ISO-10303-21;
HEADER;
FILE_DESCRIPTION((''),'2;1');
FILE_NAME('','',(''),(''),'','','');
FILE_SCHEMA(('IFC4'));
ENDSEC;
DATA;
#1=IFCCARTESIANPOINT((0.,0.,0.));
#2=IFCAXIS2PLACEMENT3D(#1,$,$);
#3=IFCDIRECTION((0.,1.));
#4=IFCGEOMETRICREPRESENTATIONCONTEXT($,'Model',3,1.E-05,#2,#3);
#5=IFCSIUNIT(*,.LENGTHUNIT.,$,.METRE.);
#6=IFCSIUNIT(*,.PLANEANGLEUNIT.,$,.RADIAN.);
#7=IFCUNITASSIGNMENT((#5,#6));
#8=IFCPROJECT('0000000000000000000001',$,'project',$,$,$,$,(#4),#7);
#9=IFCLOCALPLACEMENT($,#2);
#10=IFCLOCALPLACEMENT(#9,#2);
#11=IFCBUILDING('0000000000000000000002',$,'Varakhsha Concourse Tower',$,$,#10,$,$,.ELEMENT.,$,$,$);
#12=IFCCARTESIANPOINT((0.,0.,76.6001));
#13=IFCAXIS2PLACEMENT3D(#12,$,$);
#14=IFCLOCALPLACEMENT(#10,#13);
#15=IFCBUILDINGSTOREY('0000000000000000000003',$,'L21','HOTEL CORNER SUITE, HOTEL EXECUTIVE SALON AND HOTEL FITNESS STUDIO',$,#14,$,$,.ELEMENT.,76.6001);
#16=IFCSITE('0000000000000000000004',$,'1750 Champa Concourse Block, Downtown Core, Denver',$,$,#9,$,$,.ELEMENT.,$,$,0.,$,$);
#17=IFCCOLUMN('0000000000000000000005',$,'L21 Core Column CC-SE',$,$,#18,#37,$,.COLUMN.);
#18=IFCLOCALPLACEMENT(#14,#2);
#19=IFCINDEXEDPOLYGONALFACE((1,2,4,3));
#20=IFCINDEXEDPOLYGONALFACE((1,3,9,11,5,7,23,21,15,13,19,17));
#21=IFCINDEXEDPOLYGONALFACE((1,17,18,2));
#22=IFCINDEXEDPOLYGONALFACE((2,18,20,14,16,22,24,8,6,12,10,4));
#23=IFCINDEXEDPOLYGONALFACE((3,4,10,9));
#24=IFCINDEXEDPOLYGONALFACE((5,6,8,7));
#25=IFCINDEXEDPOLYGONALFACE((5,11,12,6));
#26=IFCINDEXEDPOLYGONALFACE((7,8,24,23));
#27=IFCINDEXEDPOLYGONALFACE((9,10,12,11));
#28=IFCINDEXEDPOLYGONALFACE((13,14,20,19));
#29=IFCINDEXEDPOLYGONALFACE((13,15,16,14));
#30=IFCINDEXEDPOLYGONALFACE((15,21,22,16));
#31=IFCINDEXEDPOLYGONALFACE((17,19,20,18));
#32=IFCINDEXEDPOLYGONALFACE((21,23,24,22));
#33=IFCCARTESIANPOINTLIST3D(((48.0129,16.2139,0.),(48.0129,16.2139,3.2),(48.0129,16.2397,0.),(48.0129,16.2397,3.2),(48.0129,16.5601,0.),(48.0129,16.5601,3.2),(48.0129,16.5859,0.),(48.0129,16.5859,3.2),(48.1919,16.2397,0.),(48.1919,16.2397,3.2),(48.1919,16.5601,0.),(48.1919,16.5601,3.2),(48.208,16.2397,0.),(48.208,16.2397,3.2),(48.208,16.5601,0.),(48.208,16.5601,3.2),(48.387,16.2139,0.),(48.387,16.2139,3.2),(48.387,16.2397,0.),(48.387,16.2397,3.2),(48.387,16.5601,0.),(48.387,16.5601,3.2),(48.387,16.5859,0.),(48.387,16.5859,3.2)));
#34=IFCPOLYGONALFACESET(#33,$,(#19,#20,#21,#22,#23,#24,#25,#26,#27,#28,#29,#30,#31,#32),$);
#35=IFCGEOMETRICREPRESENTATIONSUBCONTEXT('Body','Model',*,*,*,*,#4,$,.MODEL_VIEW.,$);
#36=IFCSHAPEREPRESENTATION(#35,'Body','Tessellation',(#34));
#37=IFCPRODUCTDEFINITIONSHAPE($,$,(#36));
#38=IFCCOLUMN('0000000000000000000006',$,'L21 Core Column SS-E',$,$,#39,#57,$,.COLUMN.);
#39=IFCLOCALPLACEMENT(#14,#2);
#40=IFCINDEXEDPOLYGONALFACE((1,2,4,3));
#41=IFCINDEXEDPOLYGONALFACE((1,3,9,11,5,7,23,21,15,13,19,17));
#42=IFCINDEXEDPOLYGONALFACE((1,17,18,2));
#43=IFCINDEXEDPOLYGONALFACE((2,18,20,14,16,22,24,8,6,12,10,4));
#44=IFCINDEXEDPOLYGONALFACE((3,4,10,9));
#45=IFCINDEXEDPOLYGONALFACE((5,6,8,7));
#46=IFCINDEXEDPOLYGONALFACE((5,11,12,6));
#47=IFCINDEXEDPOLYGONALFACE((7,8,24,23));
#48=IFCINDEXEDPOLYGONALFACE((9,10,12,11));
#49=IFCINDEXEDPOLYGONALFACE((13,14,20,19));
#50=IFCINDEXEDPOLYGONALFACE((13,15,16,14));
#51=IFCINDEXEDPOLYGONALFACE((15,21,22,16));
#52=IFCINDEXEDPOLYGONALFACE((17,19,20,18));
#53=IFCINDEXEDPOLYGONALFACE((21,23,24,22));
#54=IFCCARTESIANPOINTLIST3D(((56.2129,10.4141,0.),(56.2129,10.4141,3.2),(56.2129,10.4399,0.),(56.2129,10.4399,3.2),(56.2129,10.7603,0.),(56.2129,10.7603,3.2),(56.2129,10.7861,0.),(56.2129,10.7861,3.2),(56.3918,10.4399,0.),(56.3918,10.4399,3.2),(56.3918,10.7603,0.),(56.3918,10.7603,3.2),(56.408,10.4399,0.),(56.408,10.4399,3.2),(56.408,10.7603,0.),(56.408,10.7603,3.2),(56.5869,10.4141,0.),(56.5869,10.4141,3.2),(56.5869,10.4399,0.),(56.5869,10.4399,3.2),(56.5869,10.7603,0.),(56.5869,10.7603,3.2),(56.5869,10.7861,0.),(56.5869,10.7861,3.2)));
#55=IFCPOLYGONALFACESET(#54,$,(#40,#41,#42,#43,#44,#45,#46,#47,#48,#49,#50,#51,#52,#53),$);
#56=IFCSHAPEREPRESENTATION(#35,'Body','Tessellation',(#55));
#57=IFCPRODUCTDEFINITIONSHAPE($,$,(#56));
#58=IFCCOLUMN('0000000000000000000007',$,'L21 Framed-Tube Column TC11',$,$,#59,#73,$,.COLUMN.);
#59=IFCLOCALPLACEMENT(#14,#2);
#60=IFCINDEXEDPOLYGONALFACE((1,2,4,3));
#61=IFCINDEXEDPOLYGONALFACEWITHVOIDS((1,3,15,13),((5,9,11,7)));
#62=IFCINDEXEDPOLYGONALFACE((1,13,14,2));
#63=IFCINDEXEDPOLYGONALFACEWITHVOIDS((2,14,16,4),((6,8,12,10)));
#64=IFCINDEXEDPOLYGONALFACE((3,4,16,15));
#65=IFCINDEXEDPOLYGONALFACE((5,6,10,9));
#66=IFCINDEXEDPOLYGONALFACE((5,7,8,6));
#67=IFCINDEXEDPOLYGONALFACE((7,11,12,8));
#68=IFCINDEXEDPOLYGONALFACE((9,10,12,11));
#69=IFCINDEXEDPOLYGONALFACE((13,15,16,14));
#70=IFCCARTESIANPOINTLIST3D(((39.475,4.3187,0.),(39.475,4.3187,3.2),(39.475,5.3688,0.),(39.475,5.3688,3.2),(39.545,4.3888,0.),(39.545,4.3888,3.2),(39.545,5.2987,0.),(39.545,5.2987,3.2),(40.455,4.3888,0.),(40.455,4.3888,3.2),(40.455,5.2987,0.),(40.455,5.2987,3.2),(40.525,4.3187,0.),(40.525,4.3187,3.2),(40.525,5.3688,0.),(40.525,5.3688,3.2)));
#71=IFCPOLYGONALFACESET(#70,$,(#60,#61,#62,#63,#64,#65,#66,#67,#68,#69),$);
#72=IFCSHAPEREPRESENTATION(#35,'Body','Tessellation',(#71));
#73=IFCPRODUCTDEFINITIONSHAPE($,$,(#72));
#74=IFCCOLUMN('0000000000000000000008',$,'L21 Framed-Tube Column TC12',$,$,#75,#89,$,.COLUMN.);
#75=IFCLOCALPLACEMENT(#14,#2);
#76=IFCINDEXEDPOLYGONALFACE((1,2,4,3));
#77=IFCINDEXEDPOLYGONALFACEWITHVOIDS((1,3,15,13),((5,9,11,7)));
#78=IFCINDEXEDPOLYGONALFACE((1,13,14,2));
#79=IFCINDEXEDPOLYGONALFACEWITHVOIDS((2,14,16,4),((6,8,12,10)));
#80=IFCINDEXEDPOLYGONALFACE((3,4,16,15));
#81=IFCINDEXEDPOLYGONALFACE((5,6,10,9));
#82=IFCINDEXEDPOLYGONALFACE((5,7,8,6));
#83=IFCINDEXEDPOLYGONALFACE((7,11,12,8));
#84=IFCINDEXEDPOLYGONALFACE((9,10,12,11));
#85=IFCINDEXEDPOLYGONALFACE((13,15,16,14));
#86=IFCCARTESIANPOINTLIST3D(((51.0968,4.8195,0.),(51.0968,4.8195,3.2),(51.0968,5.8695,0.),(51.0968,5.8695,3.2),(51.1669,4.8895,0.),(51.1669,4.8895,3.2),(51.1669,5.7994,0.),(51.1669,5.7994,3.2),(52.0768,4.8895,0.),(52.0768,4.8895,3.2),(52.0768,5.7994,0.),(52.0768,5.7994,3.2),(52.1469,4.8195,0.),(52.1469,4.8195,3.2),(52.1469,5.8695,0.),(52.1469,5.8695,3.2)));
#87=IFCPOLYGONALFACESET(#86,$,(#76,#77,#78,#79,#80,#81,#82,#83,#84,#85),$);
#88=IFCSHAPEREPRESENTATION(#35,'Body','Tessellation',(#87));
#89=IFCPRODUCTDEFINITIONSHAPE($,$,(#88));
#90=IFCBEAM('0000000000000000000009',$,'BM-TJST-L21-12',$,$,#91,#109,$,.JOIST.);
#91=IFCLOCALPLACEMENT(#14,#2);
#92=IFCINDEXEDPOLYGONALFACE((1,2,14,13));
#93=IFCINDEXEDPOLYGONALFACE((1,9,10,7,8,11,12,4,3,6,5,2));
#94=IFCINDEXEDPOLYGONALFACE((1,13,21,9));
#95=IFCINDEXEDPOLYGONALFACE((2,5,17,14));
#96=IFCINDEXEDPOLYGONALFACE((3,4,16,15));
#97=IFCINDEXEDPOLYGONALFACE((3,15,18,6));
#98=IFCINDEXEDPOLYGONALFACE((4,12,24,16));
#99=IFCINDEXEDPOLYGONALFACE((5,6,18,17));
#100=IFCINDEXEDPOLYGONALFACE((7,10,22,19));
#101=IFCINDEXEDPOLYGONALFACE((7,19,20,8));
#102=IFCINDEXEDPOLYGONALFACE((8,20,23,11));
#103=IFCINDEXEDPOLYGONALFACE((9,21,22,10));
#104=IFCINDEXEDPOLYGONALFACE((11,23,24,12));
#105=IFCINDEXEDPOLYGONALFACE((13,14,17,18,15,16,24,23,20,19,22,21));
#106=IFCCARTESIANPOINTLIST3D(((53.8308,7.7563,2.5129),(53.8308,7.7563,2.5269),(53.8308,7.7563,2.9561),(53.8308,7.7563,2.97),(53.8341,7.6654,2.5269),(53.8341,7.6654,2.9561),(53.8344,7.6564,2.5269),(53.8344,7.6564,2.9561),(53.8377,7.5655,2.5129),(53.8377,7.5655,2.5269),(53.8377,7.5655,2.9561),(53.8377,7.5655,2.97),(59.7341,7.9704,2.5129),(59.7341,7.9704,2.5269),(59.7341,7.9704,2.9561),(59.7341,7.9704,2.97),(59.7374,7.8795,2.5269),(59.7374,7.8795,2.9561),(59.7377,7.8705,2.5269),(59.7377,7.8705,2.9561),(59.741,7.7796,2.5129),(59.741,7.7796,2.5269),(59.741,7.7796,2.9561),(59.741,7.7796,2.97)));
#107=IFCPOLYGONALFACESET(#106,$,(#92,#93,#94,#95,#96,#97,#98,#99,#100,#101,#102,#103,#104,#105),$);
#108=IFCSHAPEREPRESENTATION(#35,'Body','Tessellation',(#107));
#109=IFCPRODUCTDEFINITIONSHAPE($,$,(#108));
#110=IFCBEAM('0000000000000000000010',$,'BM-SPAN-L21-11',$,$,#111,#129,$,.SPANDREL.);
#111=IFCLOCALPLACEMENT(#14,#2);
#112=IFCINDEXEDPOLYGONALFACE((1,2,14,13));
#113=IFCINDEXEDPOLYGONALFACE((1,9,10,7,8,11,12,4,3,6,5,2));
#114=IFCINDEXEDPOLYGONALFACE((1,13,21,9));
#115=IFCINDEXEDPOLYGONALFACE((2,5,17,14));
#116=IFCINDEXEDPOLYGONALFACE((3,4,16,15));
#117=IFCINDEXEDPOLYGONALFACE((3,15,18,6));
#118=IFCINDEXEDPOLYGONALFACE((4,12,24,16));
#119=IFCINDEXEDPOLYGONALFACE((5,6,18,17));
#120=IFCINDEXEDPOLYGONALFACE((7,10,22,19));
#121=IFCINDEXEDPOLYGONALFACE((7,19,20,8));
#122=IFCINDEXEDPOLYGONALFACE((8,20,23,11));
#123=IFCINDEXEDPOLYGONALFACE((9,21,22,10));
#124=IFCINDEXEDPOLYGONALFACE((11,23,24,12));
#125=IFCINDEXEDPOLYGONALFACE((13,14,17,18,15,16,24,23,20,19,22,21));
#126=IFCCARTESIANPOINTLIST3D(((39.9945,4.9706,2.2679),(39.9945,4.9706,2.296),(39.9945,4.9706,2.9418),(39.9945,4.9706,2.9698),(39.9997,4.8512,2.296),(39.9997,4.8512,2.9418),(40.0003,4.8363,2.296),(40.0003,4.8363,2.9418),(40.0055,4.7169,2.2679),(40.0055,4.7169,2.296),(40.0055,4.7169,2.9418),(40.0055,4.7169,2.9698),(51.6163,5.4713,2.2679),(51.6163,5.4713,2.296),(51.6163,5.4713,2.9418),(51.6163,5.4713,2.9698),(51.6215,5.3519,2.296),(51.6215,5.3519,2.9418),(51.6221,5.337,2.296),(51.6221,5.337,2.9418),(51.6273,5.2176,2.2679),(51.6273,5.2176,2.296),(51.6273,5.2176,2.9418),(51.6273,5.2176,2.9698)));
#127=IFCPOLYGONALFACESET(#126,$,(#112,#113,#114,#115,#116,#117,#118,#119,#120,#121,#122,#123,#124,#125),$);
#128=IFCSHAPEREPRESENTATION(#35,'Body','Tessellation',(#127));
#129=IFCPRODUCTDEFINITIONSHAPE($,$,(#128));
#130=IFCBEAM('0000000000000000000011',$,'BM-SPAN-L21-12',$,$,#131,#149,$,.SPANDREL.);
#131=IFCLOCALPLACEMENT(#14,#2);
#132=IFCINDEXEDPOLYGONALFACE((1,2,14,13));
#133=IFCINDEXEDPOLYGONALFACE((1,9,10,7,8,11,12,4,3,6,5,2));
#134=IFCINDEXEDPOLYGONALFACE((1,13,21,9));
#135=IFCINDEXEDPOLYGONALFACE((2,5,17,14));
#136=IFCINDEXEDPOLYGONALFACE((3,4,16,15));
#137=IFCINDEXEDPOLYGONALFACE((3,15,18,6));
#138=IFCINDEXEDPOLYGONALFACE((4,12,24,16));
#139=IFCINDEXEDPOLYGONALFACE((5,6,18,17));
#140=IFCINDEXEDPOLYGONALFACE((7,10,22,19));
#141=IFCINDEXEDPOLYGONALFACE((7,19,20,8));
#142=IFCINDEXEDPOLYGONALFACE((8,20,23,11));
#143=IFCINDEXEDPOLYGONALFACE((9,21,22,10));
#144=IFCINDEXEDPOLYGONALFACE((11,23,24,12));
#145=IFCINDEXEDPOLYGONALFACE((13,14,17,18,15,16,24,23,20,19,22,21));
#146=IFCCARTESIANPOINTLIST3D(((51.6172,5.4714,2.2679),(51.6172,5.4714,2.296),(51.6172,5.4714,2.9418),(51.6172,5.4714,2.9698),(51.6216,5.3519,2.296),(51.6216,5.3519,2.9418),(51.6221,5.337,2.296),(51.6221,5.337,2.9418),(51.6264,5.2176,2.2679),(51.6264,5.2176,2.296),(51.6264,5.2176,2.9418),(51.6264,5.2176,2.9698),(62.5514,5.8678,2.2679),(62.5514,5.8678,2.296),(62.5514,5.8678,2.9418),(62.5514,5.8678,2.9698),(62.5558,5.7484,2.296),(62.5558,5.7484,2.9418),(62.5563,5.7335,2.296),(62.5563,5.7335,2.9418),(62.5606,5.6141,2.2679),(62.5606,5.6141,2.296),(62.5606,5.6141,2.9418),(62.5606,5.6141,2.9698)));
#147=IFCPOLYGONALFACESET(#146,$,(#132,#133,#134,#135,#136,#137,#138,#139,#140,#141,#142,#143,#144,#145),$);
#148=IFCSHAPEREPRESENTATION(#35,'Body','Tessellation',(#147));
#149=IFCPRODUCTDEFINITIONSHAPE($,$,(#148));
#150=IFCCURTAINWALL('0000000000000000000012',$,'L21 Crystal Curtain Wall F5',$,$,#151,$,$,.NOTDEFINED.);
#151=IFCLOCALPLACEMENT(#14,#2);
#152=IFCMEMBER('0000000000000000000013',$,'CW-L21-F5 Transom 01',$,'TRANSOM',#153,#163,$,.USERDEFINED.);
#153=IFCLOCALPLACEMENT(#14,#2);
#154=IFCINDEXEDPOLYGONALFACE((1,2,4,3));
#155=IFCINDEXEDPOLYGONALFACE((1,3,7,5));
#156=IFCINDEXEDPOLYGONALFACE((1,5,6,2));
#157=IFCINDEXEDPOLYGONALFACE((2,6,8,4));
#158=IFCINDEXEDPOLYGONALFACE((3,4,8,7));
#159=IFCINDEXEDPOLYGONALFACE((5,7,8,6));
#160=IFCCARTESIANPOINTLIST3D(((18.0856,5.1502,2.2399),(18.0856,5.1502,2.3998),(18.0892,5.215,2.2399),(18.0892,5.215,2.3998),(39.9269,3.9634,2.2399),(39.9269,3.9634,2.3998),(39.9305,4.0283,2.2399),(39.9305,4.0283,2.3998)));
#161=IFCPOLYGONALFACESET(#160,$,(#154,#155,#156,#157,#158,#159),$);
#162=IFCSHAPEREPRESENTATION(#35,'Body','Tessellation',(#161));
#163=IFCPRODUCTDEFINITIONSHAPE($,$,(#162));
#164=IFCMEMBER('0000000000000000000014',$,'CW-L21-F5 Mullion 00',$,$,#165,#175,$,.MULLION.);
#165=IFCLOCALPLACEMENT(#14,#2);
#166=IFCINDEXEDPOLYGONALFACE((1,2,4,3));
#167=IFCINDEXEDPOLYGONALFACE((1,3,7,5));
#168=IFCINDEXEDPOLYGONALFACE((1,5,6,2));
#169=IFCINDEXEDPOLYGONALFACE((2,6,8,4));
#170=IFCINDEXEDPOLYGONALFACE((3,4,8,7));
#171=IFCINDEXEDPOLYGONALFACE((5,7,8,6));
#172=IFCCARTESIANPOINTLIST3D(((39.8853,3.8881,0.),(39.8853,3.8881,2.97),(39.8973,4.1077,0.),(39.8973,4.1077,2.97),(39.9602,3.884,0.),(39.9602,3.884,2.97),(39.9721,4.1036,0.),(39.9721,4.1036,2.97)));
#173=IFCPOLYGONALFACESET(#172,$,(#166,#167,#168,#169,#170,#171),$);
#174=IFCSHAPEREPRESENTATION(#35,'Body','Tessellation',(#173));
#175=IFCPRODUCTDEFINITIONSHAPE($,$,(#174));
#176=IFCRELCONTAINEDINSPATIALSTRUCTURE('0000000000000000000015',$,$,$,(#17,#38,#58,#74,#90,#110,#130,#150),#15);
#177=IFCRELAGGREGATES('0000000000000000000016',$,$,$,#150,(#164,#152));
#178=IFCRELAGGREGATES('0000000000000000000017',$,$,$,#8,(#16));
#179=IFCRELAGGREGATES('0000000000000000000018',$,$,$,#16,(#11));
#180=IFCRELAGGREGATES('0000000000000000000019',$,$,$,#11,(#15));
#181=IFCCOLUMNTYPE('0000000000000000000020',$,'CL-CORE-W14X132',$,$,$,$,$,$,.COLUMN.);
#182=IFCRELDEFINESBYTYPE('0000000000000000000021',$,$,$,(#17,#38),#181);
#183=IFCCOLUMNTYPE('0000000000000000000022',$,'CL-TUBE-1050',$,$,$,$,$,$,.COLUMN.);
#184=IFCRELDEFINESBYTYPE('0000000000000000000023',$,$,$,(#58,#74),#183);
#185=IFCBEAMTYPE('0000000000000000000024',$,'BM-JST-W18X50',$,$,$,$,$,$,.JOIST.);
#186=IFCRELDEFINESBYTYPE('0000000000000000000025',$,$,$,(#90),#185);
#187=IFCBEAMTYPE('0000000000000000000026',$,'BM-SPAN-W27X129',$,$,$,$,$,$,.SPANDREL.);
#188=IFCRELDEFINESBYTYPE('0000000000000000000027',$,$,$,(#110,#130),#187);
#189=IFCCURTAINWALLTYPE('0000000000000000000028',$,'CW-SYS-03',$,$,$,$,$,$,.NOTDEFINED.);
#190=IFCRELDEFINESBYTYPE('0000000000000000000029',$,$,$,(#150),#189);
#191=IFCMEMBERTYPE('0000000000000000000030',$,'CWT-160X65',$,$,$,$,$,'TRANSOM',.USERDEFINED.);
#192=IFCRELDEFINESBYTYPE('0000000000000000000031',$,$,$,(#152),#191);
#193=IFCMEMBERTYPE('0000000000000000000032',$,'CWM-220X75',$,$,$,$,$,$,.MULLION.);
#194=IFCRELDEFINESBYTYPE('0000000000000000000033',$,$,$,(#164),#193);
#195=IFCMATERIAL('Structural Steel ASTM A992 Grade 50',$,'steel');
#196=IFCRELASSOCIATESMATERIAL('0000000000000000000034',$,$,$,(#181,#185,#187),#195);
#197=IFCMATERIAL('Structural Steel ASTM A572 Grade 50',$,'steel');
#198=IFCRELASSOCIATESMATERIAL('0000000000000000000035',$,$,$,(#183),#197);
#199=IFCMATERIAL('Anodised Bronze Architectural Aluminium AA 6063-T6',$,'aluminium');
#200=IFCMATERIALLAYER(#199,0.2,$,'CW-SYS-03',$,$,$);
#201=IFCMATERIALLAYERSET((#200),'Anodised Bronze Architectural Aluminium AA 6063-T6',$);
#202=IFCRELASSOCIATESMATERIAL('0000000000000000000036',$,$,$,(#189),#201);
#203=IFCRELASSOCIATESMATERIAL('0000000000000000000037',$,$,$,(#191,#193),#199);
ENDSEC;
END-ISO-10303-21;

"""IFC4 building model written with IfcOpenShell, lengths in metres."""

from ifc_helpers import new_model, si_unit, direction, frame, origin, origin_2d, place, context, subcontext, project, spatial, rectangle, hollow_rectangle, i_section, extrude, source, transform, mapped, material, layer, layer_set, material_profile, profile_set, type_object, type_shapes, element, aggregate, save


model = new_model("IFC4")

# Units and contexts
model_context = context("Model", 3, precision=1e-05, world=origin(), true_north=direction((0.0, 1.0)))
body_context = subcontext(model_context, "Body", "Model", "MODEL_VIEW")
ifc_project = project(units=[si_unit("LENGTHUNIT", "METRE"), si_unit("PLANEANGLEUNIT", "RADIAN")], contexts=[model_context])

# Site, building, storey
site_placement = place(None, origin())
site = spatial("IfcSite", under=ifc_project, at=site_placement, Name="1750 Champa Concourse Block, Downtown Core, Denver", CompositionType="ELEMENT", RefElevation=0.0)
building_placement = place(site_placement, origin())
building = spatial("IfcBuilding", under=site, at=building_placement, Name="Varakhsha Concourse Tower", CompositionType="ELEMENT")
storey_placement = place(building_placement, frame((0.0, 0.0, 76.6001)))
storey = spatial("IfcBuildingStorey", under=building, at=storey_placement, Name="L21", Description="HOTEL CORNER SUITE, HOTEL EXECUTIVE SALON AND HOTEL FITNESS STUDIO", CompositionType="ELEMENT", Elevation=76.6001)

# Columns
ifc_material_1 = material(Name="Structural Steel ASTM A992 Grade 50", Category="steel")
ifc_material_profile_1 = material_profile(ifc_material_1, i_section(OverallWidth=0.374, OverallDepth=0.3721, WebThickness=0.0161, FlangeThickness=0.0259, at=origin_2d()), Name="W14X132")
ifc_profile_set_1 = profile_set([ifc_material_profile_1], Name="Structural Steel ASTM A992 Grade 50")
column_type_1 = type_object("IfcColumnType", Name="CL-CORE-W14X132", PredefinedType="COLUMN", material=ifc_profile_set_1)
for number, where, z_axis, x_axis, name in (
    (1, (48.2, 16.3999, 0.0), (0.0, 0.0, 1.0), (1.0, 0.0, 0.0), "L21 Core Column CC-SE"),
    (2, (56.3999, 10.6001, 0.0), (0.0, 0.0, 1.0), (1.0, 0.0, 0.0), "L21 Core Column SS-E"),
):
    element("IfcColumn", number, at=place(storey_placement, frame(where, z_axis=z_axis, x_axis=x_axis)), inside=storey, type_object=column_type_1, Name=name, PredefinedType="COLUMN", context=body_context, shape_type="SweptSolid", body=[
        extrude(i_section(OverallWidth=0.374, OverallDepth=0.3721, WebThickness=0.0161, FlangeThickness=0.0259, at=origin_2d()), origin(), (0.0, 0.0, 1.0), 3.2),
    ])
ifc_material_2 = material(Name="Structural Steel ASTM A572 Grade 50", Category="steel")
ifc_material_profile_2 = material_profile(ifc_material_2, hollow_rectangle(XDim=1.05, YDim=1.05, WallThickness=0.0701, at=origin_2d()), Name="BOX 1050x1050x70")
ifc_profile_set_2 = profile_set([ifc_material_profile_2], Name="Structural Steel ASTM A572 Grade 50")
column_type_2 = type_object("IfcColumnType", Name="CL-TUBE-1050", PredefinedType="COLUMN", material=ifc_profile_set_2)
for number, where, z_axis, x_axis, name in (
    (3, (40.0, 4.8438, 0.0), (0.0, 0.0, 1.0), (1.0, 0.0, 0.0), "L21 Framed-Tube Column TC11"),
    (4, (51.6218, 5.3445, 0.0), (0.0, 0.0, 1.0), (1.0, 0.0, 0.0), "L21 Framed-Tube Column TC12"),
):
    element("IfcColumn", number, at=place(storey_placement, frame(where, z_axis=z_axis, x_axis=x_axis)), inside=storey, type_object=column_type_2, Name=name, PredefinedType="COLUMN", context=body_context, shape_type="SweptSolid", body=[
        extrude(hollow_rectangle(XDim=1.05, YDim=1.05, WallThickness=0.0701, at=origin_2d()), origin(), (0.0, 0.0, 1.0), 3.2),
    ])

# Beams
ifc_material_profile_3 = material_profile(ifc_material_1, i_section(OverallWidth=0.1909, OverallDepth=0.457, WebThickness=0.009, FlangeThickness=0.0139, at=origin_2d()), Name="W18X50")
ifc_profile_set_3 = profile_set([ifc_material_profile_3], Name="Structural Steel ASTM A992 Grade 50")
beam_type_1 = type_object("IfcBeamType", Name="BM-JST-W18X50", PredefinedType="JOIST", material=ifc_profile_set_3)
beam_1_placement = place(storey_placement, frame((53.8342, 7.6609, 2.7415), z_axis=(0.999343, 0.036246, 0.0), x_axis=(-0.036246, 0.999343, 0.0)))
element("IfcBeam", 5, at=beam_1_placement, inside=storey, type_object=beam_type_1, Name="BM-TJST-L21-12", PredefinedType="JOIST", context=body_context, shape_type="SweptSolid", body=[
    extrude(i_section(OverallWidth=0.1909, OverallDepth=0.457, WebThickness=0.009, FlangeThickness=0.0139, at=origin_2d()), origin(), (0.0, 0.0, 1.0), 5.9072),
])
ifc_material_profile_4 = material_profile(ifc_material_1, i_section(OverallWidth=0.2539, OverallDepth=0.7019, WebThickness=0.0149, FlangeThickness=0.0281, at=origin_2d()), Name="W27X129")
ifc_profile_set_4 = profile_set([ifc_material_profile_4], Name="Structural Steel ASTM A992 Grade 50")
beam_type_2 = type_object("IfcBeamType", Name="BM-SPAN-W27X129", PredefinedType="SPANDREL", material=ifc_profile_set_4)
beam_2_placement = place(storey_placement, frame((40.0, 4.8438, 2.6189), z_axis=(0.999073, 0.043046, 0.0), x_axis=(-0.043046, 0.999073, 0.0)))
element("IfcBeam", 6, at=beam_2_placement, inside=storey, type_object=beam_type_2, Name="BM-SPAN-L21-11", PredefinedType="SPANDREL", context=body_context, shape_type="SweptSolid", body=[
    extrude(i_section(OverallWidth=0.2539, OverallDepth=0.7019, WebThickness=0.0149, FlangeThickness=0.0281, at=origin_2d()), origin(), (0.0, 0.0, 1.0), 11.6326),
])
beam_3_placement = place(storey_placement, frame((51.6218, 5.3445, 2.6189), z_axis=(0.999343, 0.036237, 0.0), x_axis=(-0.036237, 0.999343, 0.0)))
element("IfcBeam", 7, at=beam_3_placement, inside=storey, type_object=beam_type_2, Name="BM-SPAN-L21-12", PredefinedType="SPANDREL", context=body_context, shape_type="SweptSolid", body=[
    extrude(i_section(OverallWidth=0.2539, OverallDepth=0.7019, WebThickness=0.0149, FlangeThickness=0.0281, at=origin_2d()), origin(), (0.0, 0.0, 1.0), 10.9414),
])

# Curtain wall, members
ifc_material_3 = material(Name="Anodised Bronze Architectural Aluminium AA 6063-T6", Category="aluminium")
ifc_layer_1 = layer(ifc_material_3, 0.2, Name="CW-SYS-03")
ifc_layer_set_1 = layer_set([ifc_layer_1], Name="Anodised Bronze Architectural Aluminium AA 6063-T6")
curtain_wall_type = type_object("IfcCurtainWallType", Name="CW-SYS-03", PredefinedType="NOTDEFINED", material=ifc_layer_set_1)
curtain_wall_1_placement = place(storey_placement, origin())
curtain_wall_1 = element("IfcCurtainWall", 8, at=curtain_wall_1_placement, inside=storey, type_object=curtain_wall_type, Name="L21 Crystal Curtain Wall F5", PredefinedType="NOTDEFINED")
ifc_material_profile_5 = material_profile(ifc_material_3, rectangle(XDim=0.0649, YDim=0.1599, at=origin_2d()), Name="CWT-160X65")
ifc_profile_set_5 = profile_set([ifc_material_profile_5], Name="Anodised Bronze Architectural Aluminium AA 6063-T6")
member_type_1 = type_object("IfcMemberType", Name="CWT-160X65", ElementType="TRANSOM", PredefinedType="USERDEFINED", material=ifc_profile_set_5)
shared_shape_1 = source(origin(), body_context, "Body", "SweptSolid", [
    extrude(rectangle(XDim=0.0649, YDim=0.1599, at=origin_2d()), origin(), (0.0, 0.0, 1.0), 21.8735),
])
type_shapes(member_type_1, [shared_shape_1])
member_1_placement = place(storey_placement, frame((39.9287, 3.9958, 2.3198), z_axis=(-0.998527, 0.054256, 0.0), x_axis=(-0.054256, -0.998527, 0.0)))
member_1 = element("IfcMember", 9, at=member_1_placement, type_object=member_type_1, Name="CW-L21-F5 Transom 01", ObjectType="TRANSOM", PredefinedType="USERDEFINED", context=body_context, shape_type="MappedRepresentation", body=[
    mapped(shared_shape_1, transform((0.0, 0.0, 0.0), scale=1.0)),
])
ifc_material_profile_6 = material_profile(ifc_material_3, rectangle(XDim=0.075, YDim=0.22, at=origin_2d()), Name="CWM-220X75")
ifc_profile_set_6 = profile_set([ifc_material_profile_6], Name="Anodised Bronze Architectural Aluminium AA 6063-T6")
member_type_2 = type_object("IfcMemberType", Name="CWM-220X75", PredefinedType="MULLION", material=ifc_profile_set_6)
shared_shape_2 = source(origin(), body_context, "Body", "SweptSolid", [
    extrude(rectangle(XDim=0.075, YDim=0.22, at=origin_2d()), origin(), (0.0, 0.0, 1.0), 2.97),
])
type_shapes(member_type_2, [shared_shape_2])
member_2_placement = place(storey_placement, frame((39.9287, 3.9958, 0.0), z_axis=(0.0, 0.0, 1.0), x_axis=(-0.998527, 0.054257, 0.0)))
member_2 = element("IfcMember", 10, at=member_2_placement, type_object=member_type_2, Name="CW-L21-F5 Mullion 00", PredefinedType="MULLION", context=body_context, shape_type="MappedRepresentation", body=[
    mapped(shared_shape_2, transform((0.0, 0.0, 0.0), scale=1.0)),
])
aggregate(curtain_wall_1, [member_2, member_1])

save(model, "model.ifc")
